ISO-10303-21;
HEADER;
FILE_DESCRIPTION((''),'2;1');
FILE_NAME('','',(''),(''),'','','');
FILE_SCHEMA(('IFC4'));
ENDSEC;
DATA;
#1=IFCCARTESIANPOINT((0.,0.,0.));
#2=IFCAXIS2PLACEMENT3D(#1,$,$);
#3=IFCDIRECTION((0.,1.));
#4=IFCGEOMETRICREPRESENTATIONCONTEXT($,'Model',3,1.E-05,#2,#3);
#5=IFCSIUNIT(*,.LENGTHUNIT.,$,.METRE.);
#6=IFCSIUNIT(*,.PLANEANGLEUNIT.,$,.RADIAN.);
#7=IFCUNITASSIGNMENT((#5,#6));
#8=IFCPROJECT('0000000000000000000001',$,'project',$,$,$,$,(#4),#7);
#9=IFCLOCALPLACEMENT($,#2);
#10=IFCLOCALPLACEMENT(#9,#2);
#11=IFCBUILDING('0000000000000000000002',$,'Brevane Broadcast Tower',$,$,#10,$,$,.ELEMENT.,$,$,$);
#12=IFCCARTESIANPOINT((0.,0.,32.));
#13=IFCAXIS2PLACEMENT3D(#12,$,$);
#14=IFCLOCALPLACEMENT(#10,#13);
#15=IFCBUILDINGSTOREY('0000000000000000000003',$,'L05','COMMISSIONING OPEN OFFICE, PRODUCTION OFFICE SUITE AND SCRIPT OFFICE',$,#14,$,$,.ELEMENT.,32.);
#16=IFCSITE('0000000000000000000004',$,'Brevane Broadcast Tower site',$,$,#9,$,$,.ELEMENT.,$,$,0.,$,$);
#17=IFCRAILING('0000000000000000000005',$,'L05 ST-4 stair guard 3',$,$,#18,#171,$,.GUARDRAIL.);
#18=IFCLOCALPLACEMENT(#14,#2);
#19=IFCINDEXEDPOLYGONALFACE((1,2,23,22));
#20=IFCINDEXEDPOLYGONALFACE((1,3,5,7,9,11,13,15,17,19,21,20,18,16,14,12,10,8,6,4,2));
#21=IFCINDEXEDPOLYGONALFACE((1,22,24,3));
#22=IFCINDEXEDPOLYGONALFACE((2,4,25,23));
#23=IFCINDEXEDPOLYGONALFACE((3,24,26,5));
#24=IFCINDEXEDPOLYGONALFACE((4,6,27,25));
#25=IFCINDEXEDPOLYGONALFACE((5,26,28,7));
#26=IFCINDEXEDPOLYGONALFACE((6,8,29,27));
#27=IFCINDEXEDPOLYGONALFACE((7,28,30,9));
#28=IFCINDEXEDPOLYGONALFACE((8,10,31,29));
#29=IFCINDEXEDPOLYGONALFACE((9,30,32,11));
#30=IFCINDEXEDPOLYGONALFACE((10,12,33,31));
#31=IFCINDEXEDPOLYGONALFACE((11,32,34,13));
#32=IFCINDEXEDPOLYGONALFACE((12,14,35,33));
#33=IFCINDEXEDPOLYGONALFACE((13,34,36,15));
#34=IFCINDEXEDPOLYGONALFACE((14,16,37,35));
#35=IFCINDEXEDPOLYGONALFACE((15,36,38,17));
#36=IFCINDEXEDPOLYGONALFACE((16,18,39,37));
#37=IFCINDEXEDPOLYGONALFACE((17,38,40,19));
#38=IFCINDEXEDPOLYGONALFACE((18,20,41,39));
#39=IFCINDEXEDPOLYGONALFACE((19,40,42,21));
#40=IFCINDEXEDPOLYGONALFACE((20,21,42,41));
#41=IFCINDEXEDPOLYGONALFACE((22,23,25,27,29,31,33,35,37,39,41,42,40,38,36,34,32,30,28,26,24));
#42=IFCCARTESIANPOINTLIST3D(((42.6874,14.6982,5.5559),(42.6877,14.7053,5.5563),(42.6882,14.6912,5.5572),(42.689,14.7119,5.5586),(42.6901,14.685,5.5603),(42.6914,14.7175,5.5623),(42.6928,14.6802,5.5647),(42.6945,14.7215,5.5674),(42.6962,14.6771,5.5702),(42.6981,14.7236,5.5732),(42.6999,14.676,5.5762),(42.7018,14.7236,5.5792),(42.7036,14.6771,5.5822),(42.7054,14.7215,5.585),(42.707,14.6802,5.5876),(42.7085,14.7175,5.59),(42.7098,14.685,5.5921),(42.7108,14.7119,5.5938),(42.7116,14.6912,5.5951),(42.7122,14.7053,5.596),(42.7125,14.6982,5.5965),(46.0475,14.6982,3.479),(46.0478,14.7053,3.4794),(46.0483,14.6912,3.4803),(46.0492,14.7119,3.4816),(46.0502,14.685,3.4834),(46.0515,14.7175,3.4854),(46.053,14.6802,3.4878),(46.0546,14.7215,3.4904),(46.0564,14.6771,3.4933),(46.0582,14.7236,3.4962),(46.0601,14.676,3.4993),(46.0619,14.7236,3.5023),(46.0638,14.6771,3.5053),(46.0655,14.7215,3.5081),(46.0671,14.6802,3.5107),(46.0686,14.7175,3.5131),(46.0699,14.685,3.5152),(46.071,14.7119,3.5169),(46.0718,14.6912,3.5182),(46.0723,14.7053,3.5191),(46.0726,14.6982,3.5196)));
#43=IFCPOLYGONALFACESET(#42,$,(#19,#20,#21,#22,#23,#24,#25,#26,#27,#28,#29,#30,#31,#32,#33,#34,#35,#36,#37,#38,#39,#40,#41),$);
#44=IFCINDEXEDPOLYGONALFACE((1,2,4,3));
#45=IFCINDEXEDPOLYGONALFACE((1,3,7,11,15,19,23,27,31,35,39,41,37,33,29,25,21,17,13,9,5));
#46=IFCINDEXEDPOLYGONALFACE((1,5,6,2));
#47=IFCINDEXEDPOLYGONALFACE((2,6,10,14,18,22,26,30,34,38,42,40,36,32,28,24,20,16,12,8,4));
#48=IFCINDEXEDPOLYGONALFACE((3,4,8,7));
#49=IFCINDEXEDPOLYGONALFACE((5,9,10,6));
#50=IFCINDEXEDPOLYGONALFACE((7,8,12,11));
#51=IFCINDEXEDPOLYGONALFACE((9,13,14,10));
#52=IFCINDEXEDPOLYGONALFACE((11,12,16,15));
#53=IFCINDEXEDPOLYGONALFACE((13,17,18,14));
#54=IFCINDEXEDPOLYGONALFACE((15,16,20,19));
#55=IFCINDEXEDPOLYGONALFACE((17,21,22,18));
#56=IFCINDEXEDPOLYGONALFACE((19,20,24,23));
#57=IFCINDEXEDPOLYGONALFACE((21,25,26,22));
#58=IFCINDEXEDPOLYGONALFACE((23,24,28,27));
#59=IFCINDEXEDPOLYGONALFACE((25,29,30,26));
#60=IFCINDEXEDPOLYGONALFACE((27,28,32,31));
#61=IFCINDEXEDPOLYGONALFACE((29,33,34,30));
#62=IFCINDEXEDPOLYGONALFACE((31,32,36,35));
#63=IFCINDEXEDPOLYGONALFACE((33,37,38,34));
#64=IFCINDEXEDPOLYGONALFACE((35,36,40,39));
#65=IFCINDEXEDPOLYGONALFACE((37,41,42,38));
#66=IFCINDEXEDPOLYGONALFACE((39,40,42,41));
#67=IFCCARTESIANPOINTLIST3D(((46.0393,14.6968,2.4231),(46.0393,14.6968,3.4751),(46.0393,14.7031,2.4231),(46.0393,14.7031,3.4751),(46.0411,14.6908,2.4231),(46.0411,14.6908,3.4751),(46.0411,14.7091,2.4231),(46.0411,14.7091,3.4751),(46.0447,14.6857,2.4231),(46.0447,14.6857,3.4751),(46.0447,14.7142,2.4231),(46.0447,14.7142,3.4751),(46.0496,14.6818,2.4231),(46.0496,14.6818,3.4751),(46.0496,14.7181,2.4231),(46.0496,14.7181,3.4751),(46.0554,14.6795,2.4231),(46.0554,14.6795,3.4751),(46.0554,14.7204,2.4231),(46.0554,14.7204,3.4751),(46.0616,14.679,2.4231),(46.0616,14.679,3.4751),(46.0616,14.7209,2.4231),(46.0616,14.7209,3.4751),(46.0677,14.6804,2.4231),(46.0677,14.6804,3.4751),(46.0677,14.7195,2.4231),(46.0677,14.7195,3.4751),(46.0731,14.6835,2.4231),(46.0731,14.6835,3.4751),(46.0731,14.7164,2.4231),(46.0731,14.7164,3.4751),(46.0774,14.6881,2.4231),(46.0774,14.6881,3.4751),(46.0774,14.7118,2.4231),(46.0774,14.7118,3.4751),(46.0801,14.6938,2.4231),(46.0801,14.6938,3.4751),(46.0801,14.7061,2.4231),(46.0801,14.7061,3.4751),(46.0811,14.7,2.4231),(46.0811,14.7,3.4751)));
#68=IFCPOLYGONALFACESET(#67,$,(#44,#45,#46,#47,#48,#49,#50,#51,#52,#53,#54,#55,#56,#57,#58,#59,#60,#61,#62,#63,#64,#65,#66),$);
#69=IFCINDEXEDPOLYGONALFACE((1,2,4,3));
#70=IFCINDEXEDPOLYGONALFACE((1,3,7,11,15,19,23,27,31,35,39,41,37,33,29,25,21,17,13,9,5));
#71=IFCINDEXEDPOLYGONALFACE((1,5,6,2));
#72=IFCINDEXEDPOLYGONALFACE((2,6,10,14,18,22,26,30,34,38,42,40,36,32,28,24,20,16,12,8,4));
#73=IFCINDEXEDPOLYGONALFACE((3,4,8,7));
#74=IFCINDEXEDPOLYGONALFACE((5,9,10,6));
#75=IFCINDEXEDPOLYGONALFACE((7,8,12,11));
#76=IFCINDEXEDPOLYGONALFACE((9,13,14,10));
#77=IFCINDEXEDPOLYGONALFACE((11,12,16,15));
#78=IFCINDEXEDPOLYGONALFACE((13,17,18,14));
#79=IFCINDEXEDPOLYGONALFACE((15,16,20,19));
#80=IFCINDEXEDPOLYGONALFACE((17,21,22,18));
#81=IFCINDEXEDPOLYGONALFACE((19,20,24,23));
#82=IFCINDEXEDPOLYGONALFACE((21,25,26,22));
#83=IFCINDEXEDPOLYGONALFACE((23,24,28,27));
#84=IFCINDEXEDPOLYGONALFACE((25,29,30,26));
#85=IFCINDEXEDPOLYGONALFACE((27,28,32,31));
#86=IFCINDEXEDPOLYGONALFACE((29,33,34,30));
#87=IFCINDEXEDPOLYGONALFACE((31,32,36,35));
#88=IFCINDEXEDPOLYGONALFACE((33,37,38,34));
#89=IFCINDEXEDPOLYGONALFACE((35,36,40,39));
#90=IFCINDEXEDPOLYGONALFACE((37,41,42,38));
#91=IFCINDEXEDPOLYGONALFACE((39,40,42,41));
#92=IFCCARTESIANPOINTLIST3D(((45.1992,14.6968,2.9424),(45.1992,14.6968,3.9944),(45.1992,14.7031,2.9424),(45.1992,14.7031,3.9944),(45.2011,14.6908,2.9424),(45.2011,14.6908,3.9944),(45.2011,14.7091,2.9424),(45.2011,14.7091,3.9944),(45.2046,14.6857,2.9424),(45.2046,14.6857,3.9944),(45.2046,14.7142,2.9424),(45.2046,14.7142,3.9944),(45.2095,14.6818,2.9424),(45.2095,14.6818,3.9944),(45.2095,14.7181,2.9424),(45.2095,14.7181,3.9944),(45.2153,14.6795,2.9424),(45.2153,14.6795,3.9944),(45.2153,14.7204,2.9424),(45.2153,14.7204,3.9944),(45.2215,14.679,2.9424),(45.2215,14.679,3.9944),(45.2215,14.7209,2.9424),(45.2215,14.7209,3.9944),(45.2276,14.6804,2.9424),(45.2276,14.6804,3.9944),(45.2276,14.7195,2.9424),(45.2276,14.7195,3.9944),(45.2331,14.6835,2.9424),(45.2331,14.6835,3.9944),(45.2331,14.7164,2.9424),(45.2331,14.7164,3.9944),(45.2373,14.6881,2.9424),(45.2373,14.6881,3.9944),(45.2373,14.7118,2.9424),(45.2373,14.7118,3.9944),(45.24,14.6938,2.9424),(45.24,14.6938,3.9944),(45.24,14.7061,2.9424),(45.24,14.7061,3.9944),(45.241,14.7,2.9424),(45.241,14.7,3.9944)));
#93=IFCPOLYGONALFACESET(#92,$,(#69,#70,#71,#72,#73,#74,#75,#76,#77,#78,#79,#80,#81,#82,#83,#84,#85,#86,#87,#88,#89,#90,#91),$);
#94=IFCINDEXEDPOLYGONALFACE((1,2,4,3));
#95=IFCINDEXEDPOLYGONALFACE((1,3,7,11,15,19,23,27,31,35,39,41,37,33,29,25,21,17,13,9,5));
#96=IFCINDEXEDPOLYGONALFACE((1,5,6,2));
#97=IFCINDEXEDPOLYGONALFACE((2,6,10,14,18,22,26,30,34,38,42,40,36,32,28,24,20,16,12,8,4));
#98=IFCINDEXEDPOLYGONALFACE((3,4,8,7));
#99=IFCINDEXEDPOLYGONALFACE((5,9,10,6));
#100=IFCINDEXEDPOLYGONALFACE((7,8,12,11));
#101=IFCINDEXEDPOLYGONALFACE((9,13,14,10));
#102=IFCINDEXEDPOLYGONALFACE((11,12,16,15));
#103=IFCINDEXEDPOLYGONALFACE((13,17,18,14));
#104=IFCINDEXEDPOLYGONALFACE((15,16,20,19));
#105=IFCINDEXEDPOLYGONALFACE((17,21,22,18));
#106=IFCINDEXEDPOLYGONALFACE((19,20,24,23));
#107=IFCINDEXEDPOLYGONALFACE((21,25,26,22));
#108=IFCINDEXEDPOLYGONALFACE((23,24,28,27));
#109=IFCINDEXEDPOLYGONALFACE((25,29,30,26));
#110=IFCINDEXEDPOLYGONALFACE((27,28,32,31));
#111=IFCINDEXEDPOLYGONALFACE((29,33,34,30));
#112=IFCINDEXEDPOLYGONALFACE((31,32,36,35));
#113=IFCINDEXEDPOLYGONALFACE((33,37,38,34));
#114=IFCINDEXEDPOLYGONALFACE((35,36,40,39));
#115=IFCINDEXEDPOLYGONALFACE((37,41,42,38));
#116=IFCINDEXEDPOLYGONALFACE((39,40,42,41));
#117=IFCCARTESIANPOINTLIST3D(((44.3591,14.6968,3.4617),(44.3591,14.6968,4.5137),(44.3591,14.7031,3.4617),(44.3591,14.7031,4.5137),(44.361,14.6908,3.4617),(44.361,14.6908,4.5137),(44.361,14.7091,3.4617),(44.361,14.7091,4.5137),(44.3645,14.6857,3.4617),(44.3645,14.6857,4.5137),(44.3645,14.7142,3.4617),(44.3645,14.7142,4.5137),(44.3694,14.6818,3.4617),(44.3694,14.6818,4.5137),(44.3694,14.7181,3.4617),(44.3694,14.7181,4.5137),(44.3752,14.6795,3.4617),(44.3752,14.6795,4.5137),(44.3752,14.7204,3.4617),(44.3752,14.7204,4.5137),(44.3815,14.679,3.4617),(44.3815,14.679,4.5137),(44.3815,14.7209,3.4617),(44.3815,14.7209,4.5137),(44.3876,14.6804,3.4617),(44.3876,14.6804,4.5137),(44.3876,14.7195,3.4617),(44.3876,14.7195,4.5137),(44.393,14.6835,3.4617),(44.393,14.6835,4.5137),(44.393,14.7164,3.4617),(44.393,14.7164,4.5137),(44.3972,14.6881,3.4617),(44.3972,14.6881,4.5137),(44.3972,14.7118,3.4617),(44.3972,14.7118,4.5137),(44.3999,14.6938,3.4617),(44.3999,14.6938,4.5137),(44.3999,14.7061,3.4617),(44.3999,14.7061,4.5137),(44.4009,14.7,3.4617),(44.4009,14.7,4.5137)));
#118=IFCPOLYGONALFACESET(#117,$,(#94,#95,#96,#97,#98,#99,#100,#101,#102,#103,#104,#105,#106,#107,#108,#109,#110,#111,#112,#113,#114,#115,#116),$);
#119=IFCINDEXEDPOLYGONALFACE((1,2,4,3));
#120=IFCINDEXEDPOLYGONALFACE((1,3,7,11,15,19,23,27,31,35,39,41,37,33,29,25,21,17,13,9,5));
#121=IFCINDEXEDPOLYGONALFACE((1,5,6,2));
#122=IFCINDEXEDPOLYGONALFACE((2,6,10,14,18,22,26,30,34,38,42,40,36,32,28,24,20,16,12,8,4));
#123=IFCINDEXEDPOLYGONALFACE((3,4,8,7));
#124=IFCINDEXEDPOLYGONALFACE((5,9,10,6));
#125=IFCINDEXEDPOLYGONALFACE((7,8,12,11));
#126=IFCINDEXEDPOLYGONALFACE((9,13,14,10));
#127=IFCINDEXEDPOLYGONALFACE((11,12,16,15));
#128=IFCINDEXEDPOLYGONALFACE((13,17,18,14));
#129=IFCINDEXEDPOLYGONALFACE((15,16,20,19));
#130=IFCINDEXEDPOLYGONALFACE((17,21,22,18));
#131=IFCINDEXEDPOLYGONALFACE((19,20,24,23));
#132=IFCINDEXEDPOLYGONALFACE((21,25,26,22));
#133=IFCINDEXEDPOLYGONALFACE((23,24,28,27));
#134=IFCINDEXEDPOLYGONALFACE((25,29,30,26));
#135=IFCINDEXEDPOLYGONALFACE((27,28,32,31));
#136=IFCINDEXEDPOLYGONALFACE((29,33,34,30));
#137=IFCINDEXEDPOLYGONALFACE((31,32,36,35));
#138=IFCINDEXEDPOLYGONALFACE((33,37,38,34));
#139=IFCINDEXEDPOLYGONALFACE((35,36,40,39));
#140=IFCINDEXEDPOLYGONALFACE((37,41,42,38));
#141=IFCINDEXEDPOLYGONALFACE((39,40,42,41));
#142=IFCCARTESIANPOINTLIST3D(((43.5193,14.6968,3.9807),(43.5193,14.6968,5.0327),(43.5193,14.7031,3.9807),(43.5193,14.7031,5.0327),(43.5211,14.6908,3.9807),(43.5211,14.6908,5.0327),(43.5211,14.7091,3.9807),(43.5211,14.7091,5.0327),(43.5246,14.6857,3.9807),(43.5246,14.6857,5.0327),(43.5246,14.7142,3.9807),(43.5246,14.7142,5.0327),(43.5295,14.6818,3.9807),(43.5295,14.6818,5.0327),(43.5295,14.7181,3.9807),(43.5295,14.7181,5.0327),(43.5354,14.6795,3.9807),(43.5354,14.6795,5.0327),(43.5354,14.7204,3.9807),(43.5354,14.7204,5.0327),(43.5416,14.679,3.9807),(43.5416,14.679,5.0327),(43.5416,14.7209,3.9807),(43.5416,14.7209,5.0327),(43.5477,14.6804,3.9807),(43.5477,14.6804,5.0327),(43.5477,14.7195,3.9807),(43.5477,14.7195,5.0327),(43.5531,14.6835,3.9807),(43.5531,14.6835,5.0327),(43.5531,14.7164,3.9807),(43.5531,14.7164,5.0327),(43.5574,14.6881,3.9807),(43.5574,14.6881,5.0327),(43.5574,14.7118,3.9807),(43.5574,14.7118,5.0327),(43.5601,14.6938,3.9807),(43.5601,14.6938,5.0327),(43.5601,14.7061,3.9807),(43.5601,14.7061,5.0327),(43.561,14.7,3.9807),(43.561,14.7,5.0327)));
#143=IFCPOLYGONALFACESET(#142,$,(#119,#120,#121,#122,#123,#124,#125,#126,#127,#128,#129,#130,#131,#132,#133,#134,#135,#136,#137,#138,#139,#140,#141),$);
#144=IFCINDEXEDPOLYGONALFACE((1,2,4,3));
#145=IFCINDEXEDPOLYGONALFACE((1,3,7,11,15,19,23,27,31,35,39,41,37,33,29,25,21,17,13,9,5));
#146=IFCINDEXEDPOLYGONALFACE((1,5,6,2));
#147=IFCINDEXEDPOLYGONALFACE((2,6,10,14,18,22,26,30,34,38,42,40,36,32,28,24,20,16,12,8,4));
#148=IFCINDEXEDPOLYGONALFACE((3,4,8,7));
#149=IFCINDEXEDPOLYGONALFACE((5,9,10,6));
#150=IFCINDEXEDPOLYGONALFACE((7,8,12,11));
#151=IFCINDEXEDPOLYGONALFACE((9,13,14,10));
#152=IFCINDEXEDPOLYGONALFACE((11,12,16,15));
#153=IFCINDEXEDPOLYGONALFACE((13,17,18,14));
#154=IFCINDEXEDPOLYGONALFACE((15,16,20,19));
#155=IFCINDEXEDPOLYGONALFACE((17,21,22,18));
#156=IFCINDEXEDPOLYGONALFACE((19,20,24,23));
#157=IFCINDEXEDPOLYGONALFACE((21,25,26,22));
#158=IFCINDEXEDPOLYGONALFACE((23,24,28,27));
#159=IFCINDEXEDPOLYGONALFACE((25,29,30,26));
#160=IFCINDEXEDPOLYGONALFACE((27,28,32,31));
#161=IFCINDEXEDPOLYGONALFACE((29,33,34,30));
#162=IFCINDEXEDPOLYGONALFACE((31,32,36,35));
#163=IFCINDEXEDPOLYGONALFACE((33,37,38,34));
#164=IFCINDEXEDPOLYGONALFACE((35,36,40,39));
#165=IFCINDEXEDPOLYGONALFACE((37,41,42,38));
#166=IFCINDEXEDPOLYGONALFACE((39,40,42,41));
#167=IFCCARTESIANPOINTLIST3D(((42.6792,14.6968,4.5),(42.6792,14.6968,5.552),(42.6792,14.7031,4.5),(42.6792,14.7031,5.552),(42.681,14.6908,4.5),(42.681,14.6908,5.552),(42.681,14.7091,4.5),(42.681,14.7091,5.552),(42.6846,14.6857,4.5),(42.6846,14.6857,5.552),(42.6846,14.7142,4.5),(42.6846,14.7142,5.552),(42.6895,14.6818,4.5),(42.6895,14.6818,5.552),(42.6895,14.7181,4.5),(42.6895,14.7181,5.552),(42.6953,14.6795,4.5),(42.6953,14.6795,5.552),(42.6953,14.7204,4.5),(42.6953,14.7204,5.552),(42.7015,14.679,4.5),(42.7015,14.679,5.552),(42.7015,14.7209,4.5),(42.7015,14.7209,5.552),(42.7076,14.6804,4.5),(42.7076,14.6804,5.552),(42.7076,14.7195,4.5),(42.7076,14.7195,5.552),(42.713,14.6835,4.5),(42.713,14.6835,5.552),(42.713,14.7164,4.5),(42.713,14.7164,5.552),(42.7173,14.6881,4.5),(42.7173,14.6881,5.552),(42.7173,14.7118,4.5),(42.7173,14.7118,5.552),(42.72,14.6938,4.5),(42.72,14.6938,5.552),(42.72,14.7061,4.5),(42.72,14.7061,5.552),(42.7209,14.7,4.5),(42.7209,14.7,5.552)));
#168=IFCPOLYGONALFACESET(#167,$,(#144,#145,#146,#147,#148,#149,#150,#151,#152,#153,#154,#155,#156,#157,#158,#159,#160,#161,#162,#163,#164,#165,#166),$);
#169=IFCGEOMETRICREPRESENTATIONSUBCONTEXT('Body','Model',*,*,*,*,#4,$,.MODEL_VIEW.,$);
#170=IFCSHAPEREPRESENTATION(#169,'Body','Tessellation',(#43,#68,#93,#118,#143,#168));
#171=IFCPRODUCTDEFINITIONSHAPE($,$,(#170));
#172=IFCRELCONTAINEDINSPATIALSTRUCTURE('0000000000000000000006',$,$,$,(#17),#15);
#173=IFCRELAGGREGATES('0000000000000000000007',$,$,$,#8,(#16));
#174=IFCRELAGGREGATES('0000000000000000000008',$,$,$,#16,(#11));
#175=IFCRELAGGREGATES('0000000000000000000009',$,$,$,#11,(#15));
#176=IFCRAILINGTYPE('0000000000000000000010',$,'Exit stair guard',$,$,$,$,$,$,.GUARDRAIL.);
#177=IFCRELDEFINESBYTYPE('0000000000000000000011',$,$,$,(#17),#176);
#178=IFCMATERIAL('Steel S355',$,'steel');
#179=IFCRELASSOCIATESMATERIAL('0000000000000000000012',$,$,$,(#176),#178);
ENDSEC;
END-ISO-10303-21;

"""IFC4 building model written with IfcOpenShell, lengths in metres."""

from ifc_helpers import new_model, si_unit, direction, frame, origin, origin_2d, place, context, subcontext, project, spatial, circle, extrude, material, type_object, element, save


model = new_model("IFC4")

# Units and contexts
model_context = context("Model", 3, precision=1e-05, world=origin(), true_north=direction((0.0, 1.0)))
body_context = subcontext(model_context, "Body", "Model", "MODEL_VIEW")
ifc_project = project(units=[si_unit("LENGTHUNIT", "METRE"), si_unit("PLANEANGLEUNIT", "RADIAN")], contexts=[model_context])

# Site, building, storey
site_placement = place(None, origin())
site = spatial("IfcSite", under=ifc_project, at=site_placement, Name="Brevane Broadcast Tower site", CompositionType="ELEMENT", RefElevation=0.0)
building_placement = place(site_placement, origin())
building = spatial("IfcBuilding", under=site, at=building_placement, Name="Brevane Broadcast Tower", CompositionType="ELEMENT")
storey_placement = place(building_placement, frame((0.0, 0.0, 32.0)))
storey = spatial("IfcBuildingStorey", under=building, at=storey_placement, Name="L05", Description="COMMISSIONING OPEN OFFICE, PRODUCTION OFFICE SUITE AND SCRIPT OFFICE", CompositionType="ELEMENT", Elevation=32.0)

# Railing
ifc_material_1 = material(Name="Steel S355", Category="steel")
railing_type_1 = type_object("IfcRailingType", Name="Exit stair guard", PredefinedType="GUARDRAIL", material=ifc_material_1)
railing_1_placement = place(storey_placement, frame((46.0601, 14.7, 2.4231)))
element("IfcRailing", 1, at=railing_1_placement, inside=storey, type_object=railing_type_1, Name="L05 ST-4 stair guard 3", PredefinedType="GUARDRAIL", context=body_context, shape_type="SweptSolid", body=[
    extrude(circle(Radius=0.0239, at=origin_2d()), frame((0.0, 0.0, 1.0762), z_axis=(-0.850623, 0.0, 0.525776), x_axis=(0.0, -1.0, 0.0)), (0.0, 0.0, 1.0), 3.9502),
    extrude(circle(Radius=0.021, at=origin_2d()), origin(), (0.0, 0.0, 1.0), 1.052),
    extrude(circle(Radius=0.021, at=origin_2d()), frame((-0.8401, 0.0, 0.5193)), (0.0, 0.0, 1.0), 1.052),
    extrude(circle(Radius=0.021, at=origin_2d()), frame((-1.6802, 0.0, 1.0386)), (0.0, 0.0, 1.0), 1.052),
    extrude(circle(Radius=0.021, at=origin_2d()), frame((-2.52, 0.0, 1.5576)), (0.0, 0.0, 1.0), 1.052),
    extrude(circle(Radius=0.021, at=origin_2d()), frame((-3.3601, 0.0, 2.0769)), (0.0, 0.0, 1.0), 1.052),
])

save(model, "model.ifc")
